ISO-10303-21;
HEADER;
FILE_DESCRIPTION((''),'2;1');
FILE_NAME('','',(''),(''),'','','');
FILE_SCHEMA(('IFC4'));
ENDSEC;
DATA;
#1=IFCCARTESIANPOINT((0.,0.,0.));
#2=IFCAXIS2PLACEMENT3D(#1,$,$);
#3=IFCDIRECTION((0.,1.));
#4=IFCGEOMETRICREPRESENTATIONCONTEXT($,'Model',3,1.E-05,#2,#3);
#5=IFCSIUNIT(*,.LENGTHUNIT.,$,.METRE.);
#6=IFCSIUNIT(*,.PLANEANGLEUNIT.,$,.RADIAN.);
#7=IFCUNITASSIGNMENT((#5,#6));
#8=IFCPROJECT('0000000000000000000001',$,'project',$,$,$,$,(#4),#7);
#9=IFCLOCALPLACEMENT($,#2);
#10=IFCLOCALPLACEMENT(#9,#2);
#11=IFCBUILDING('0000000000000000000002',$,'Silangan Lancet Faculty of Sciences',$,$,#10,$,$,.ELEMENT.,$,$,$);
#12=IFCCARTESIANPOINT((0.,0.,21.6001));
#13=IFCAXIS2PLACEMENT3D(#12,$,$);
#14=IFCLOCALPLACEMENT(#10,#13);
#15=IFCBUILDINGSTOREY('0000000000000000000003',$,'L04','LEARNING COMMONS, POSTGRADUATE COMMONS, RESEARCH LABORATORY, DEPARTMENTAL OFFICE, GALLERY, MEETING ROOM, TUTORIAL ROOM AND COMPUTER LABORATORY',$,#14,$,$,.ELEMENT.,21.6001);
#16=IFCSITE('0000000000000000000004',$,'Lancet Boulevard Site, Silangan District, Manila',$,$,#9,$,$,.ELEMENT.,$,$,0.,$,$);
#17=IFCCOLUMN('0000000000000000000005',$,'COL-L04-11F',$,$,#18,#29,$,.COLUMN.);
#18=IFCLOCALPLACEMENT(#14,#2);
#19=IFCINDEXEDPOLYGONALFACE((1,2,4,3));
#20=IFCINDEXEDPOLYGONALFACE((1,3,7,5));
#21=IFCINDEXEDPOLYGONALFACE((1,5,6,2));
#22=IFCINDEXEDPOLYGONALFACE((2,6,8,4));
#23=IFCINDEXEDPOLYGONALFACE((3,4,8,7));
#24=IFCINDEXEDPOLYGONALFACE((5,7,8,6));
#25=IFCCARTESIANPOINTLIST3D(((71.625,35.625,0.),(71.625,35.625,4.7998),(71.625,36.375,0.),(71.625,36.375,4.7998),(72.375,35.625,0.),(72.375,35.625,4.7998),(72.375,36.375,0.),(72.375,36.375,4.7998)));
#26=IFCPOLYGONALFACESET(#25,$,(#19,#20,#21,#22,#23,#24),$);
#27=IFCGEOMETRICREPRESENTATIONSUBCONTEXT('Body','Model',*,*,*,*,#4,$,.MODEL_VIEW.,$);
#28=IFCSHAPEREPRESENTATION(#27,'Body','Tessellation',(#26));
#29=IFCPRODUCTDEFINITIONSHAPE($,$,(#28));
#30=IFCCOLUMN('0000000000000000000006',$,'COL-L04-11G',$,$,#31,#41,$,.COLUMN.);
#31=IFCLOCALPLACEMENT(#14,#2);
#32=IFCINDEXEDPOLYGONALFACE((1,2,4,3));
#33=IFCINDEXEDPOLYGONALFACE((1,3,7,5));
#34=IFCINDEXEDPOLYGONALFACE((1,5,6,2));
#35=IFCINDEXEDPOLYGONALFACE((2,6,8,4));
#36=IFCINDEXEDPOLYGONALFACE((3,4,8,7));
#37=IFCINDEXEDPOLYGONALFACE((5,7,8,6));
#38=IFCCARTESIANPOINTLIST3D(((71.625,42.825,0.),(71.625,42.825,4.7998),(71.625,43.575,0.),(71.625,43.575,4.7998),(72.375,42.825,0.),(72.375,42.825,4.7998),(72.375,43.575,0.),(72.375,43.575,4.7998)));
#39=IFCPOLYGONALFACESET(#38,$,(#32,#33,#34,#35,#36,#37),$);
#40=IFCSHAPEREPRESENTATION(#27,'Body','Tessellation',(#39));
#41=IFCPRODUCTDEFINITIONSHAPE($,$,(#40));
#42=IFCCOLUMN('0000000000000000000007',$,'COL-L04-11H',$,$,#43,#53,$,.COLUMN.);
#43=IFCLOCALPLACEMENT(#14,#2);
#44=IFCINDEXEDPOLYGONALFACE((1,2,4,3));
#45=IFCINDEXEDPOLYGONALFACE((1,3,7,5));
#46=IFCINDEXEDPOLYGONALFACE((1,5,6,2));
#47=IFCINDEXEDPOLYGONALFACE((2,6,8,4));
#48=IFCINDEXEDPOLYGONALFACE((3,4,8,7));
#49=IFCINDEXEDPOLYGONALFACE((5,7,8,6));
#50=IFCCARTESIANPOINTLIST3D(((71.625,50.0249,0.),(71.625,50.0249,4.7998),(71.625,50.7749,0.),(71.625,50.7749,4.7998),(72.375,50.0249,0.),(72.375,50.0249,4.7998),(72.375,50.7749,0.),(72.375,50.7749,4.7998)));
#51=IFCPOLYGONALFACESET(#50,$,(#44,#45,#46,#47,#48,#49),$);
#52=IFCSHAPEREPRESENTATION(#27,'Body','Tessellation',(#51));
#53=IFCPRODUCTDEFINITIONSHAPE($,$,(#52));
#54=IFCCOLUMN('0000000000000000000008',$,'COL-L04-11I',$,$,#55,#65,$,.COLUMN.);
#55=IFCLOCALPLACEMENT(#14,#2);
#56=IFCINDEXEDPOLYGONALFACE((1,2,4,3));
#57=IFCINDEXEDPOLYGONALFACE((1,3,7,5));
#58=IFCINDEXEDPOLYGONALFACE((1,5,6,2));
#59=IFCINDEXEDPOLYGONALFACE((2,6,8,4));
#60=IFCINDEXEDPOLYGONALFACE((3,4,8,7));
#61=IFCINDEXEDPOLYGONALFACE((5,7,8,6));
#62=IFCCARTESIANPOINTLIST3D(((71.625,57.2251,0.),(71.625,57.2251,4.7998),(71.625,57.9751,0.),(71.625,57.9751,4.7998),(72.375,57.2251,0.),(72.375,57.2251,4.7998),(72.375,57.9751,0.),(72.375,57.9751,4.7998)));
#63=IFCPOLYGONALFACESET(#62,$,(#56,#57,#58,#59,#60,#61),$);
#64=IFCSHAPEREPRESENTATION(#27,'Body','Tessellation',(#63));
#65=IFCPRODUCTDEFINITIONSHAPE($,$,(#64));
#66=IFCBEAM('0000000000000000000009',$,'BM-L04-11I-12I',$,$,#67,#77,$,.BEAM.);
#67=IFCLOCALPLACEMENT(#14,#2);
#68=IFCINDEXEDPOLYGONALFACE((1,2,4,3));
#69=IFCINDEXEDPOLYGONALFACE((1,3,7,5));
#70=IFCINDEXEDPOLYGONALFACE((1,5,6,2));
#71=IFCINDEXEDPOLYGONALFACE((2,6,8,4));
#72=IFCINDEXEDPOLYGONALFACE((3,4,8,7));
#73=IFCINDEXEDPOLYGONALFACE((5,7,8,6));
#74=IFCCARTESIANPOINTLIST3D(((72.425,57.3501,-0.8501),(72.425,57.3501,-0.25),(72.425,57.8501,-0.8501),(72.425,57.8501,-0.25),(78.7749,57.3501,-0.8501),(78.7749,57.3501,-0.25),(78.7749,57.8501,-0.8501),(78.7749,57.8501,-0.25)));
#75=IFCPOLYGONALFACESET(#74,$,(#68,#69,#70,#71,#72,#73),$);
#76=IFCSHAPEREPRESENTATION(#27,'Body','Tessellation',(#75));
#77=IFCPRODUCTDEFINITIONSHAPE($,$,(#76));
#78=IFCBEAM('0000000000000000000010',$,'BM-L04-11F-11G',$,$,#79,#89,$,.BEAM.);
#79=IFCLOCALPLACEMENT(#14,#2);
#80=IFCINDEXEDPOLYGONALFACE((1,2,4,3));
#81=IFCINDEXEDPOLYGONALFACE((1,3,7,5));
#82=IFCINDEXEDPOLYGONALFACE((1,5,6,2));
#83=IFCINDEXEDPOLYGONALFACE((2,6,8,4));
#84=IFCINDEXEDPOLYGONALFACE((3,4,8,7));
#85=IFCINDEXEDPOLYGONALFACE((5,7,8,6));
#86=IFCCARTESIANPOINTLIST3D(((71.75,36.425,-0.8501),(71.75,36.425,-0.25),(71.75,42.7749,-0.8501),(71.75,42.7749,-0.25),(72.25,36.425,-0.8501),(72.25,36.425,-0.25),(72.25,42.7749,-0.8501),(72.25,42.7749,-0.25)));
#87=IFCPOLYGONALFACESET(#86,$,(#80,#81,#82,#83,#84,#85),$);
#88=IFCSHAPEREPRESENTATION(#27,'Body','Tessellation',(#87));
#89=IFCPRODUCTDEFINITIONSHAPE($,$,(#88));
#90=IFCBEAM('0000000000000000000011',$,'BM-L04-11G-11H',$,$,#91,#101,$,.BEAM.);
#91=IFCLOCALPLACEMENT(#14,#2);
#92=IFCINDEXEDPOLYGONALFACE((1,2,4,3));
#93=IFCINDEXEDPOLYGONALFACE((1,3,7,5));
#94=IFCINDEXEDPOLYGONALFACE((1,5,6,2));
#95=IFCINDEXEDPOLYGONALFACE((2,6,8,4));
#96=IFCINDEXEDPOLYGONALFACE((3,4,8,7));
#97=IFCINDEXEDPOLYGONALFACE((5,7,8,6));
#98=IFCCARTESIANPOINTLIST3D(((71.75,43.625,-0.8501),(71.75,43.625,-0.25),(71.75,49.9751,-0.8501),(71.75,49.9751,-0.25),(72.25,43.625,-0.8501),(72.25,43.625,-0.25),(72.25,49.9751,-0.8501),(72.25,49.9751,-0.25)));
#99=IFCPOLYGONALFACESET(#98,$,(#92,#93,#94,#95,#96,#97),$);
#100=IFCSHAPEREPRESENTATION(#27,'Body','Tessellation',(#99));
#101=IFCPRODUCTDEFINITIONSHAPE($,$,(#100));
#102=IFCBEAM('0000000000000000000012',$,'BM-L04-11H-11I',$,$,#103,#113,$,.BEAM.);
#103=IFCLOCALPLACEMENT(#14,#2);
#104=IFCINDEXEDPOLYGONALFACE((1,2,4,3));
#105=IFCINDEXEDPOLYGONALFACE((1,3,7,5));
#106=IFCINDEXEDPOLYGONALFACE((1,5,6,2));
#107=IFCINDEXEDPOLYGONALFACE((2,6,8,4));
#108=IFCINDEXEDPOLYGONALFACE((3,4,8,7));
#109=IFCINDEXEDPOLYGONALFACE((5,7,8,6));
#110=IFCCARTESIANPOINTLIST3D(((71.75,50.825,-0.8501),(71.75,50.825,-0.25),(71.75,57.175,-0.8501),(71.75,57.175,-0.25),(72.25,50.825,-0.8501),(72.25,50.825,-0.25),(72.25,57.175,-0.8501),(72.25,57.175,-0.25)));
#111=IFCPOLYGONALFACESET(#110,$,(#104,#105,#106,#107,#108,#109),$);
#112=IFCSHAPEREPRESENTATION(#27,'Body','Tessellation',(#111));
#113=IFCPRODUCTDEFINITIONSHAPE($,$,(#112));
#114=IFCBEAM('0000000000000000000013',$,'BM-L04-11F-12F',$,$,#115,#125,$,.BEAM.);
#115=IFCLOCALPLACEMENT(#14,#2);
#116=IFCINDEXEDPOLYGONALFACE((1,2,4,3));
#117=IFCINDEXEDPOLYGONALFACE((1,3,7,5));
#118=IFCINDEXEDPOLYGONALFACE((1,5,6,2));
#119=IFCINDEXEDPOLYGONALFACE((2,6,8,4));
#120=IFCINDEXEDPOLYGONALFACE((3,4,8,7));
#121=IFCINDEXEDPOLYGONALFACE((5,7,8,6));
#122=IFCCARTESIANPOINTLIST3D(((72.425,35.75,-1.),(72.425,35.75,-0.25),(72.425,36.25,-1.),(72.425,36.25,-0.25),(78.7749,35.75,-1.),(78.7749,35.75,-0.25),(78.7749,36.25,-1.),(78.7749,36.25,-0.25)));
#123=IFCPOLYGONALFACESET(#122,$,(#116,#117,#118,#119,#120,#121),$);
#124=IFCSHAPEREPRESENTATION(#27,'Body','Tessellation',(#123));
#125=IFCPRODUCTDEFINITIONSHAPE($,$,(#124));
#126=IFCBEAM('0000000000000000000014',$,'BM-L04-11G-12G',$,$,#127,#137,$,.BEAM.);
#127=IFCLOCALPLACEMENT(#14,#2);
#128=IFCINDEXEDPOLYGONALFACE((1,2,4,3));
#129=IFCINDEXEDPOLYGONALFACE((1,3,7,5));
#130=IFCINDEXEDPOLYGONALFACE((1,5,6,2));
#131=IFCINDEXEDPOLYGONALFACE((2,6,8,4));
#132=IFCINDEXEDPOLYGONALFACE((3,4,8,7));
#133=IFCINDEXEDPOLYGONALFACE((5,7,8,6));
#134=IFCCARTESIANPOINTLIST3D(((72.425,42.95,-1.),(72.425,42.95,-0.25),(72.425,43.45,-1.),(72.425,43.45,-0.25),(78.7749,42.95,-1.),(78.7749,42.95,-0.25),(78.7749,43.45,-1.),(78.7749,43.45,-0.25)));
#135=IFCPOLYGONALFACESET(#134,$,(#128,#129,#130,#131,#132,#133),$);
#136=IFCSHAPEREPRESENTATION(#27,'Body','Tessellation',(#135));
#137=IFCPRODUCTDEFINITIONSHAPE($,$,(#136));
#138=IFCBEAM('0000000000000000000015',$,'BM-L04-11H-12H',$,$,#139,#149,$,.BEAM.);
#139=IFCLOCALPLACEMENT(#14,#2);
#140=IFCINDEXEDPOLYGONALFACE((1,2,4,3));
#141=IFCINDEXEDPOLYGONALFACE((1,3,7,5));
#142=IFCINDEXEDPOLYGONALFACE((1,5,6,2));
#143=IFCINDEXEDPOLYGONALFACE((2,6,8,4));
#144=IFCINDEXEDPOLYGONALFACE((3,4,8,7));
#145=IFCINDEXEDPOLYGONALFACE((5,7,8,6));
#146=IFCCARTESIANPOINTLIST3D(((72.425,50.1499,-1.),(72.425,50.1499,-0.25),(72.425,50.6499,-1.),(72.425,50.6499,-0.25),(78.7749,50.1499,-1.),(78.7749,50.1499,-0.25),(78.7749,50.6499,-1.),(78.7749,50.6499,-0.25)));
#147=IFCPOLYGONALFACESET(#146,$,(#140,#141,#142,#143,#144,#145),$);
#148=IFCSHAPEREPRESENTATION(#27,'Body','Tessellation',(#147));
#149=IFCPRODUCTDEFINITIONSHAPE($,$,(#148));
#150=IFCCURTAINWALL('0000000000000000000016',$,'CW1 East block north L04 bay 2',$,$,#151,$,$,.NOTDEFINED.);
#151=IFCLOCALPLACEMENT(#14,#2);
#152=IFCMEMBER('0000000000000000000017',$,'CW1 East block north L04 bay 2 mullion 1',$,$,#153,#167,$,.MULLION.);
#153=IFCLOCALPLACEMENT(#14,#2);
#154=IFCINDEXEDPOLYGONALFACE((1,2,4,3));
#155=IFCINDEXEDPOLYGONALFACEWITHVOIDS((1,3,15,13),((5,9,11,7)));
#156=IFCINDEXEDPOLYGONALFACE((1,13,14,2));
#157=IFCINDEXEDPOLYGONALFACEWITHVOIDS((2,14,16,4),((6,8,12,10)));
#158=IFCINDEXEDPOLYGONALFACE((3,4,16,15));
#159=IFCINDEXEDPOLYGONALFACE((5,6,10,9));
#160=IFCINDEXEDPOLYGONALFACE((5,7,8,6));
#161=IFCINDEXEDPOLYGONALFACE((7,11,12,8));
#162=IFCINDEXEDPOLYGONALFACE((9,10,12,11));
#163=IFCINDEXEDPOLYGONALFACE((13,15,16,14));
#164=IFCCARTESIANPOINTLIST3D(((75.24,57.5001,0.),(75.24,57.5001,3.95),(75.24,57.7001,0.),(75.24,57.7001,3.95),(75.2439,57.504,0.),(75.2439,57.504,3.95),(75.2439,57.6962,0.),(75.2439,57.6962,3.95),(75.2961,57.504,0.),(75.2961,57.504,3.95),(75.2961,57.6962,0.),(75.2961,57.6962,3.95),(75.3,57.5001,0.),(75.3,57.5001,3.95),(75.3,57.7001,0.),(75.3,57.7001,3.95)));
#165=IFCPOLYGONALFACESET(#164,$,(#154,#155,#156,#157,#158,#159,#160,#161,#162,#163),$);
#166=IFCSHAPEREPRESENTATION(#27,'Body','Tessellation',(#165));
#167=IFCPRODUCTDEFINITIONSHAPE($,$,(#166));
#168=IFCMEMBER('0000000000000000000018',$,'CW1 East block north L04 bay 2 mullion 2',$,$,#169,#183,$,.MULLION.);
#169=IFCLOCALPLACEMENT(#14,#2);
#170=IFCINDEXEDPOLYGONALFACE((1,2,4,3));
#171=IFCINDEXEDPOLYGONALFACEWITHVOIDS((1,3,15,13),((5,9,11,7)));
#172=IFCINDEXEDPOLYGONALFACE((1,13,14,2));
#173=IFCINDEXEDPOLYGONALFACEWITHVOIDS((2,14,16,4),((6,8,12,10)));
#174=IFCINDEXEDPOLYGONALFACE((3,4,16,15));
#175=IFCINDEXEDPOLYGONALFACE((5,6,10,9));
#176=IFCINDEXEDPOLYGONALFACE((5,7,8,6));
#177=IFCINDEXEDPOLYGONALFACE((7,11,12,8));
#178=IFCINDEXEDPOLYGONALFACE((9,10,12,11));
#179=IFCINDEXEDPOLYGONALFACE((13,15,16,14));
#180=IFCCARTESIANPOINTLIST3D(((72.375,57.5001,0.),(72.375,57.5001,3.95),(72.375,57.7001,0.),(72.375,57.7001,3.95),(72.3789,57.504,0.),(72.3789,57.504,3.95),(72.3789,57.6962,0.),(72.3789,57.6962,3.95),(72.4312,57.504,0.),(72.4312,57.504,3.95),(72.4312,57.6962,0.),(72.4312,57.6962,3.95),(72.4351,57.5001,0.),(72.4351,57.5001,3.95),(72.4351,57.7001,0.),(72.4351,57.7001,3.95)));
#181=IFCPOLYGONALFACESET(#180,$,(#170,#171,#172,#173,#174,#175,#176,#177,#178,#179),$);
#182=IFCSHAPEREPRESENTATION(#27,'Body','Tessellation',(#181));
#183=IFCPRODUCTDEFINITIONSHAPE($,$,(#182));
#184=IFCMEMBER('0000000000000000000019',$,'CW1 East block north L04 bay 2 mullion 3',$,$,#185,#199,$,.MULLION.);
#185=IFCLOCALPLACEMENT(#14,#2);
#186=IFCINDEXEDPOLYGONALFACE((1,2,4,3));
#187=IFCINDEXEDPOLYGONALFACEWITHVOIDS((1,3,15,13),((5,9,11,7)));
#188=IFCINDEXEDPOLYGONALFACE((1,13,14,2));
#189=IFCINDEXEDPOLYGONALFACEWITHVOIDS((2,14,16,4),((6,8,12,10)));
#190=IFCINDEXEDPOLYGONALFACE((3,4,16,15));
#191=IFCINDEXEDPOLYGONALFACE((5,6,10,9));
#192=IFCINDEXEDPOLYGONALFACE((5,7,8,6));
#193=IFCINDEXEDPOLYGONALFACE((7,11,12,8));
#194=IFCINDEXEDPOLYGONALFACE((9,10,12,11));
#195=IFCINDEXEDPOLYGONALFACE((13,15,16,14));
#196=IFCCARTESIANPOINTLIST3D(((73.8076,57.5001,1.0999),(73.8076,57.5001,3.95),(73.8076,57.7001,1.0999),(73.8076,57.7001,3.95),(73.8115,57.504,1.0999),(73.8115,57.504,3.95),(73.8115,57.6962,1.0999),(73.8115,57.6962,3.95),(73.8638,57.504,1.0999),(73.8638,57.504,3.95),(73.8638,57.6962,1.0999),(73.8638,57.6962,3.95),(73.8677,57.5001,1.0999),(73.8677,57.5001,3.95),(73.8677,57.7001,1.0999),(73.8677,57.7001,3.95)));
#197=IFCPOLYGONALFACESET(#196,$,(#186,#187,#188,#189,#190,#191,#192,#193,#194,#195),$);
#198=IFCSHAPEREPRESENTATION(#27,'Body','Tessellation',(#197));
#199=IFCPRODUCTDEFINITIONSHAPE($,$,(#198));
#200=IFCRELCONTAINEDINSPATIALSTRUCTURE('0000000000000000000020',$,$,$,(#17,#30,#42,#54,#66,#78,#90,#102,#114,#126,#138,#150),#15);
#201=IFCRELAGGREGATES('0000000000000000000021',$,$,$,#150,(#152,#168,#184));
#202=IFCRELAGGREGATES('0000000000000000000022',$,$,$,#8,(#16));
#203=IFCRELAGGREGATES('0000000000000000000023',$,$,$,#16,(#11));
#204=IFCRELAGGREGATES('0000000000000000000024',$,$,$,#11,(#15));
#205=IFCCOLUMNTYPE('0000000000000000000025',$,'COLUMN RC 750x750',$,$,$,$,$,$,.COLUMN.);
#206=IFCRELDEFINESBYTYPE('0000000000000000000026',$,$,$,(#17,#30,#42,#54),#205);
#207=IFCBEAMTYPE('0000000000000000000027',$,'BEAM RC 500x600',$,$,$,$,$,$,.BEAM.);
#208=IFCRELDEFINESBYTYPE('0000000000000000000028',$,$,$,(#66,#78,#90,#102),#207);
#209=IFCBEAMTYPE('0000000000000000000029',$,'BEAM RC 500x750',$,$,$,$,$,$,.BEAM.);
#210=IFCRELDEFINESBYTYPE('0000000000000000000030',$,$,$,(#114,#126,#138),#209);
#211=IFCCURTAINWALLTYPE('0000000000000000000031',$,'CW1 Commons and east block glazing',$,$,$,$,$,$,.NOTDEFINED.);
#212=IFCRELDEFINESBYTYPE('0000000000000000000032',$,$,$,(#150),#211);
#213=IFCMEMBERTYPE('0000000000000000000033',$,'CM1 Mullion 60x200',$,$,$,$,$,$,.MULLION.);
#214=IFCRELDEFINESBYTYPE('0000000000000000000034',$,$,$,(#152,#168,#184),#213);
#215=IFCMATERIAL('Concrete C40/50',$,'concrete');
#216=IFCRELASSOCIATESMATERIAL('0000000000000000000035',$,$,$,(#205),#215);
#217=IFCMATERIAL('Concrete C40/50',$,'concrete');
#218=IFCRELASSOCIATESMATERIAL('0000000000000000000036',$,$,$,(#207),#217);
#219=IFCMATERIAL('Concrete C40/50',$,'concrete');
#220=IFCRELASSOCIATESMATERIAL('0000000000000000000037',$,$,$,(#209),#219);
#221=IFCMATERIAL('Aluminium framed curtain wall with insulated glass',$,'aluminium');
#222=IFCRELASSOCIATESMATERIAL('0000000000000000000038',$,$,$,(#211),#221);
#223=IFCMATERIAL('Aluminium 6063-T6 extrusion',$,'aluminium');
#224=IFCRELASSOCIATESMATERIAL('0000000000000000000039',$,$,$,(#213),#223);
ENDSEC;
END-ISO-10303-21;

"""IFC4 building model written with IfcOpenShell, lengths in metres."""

from ifc_helpers import new_model, si_unit, direction, frame, origin, origin_2d, place, context, subcontext, project, spatial, rectangle, hollow_rectangle, extrude, material, material_profile, profile_set, type_object, element, aggregate, save


model = new_model("IFC4")

# Units and contexts
model_context = context("Model", 3, precision=1e-05, world=origin(), true_north=direction((0.0, 1.0)))
body_context = subcontext(model_context, "Body", "Model", "MODEL_VIEW")
ifc_project = project(units=[si_unit("LENGTHUNIT", "METRE"), si_unit("PLANEANGLEUNIT", "RADIAN")], contexts=[model_context])

# Site, building, storey
site_placement = place(None, origin())
site = spatial("IfcSite", under=ifc_project, at=site_placement, Name="Lancet Boulevard Site, Silangan District, Manila", CompositionType="ELEMENT", RefElevation=0.0)
building_placement = place(site_placement, origin())
building = spatial("IfcBuilding", under=site, at=building_placement, Name="Silangan Lancet Faculty of Sciences", CompositionType="ELEMENT")
storey_placement = place(building_placement, frame((0.0, 0.0, 21.6001)))
storey = spatial("IfcBuildingStorey", under=building, at=storey_placement, Name="L04", Description="LEARNING COMMONS, POSTGRADUATE COMMONS, RESEARCH LABORATORY, DEPARTMENTAL OFFICE, GALLERY, MEETING ROOM, TUTORIAL ROOM AND COMPUTER LABORATORY", CompositionType="ELEMENT", Elevation=21.6001)

# Columns
ifc_material_1 = material(Name="Concrete C40/50", Category="concrete")
ifc_material_profile_1 = material_profile(ifc_material_1, rectangle(XDim=0.75, YDim=0.75, at=origin_2d()), Name="RC 750x750")
ifc_profile_set_1 = profile_set([ifc_material_profile_1], Name="Concrete C40/50")
column_type = type_object("IfcColumnType", Name="COLUMN RC 750x750", PredefinedType="COLUMN", material=ifc_profile_set_1)
for number, where, z_axis, x_axis, name in (
    (1, (72.0, 36.0, 0.0), (0.0, 0.0, 1.0), (1.0, 0.0, 0.0), "COL-L04-11F"),
    (2, (72.0, 43.2, 0.0), (0.0, 0.0, 1.0), (1.0, 0.0, 0.0), "COL-L04-11G"),
    (3, (72.0, 50.3999, 0.0), (0.0, 0.0, 1.0), (1.0, 0.0, 0.0), "COL-L04-11H"),
    (4, (72.0, 57.6001, 0.0), (0.0, 0.0, 1.0), (1.0, 0.0, 0.0), "COL-L04-11I"),
):
    element("IfcColumn", number, at=place(storey_placement, frame(where, z_axis=z_axis, x_axis=x_axis)), inside=storey, type_object=column_type, Name=name, PredefinedType="COLUMN", context=body_context, shape_type="SweptSolid", body=[
        extrude(rectangle(XDim=0.75, YDim=0.75, at=origin_2d()), origin(), (0.0, 0.0, 1.0), 4.7998),
    ])

# Beams
ifc_material_2 = material(Name="Concrete C40/50", Category="concrete")
ifc_material_profile_2 = material_profile(ifc_material_2, rectangle(XDim=0.5, YDim=0.6001, at=origin_2d()), Name="RC 500x600")
ifc_profile_set_2 = profile_set([ifc_material_profile_2], Name="Concrete C40/50")
beam_type_1 = type_object("IfcBeamType", Name="BEAM RC 500x600", PredefinedType="BEAM", material=ifc_profile_set_2)
for number, where, z_axis, x_axis, name in (
    (5, (72.425, 57.6001, -0.55), (1.0, 0.0, 0.0), (0.0, 1.0, 0.0), "BM-L04-11I-12I"),
    (6, (72.0, 36.425, -0.55), (0.0, 1.0, 0.0), (-1.0, 0.0, 0.0), "BM-L04-11F-11G"),
):
    element("IfcBeam", number, at=place(storey_placement, frame(where, z_axis=z_axis, x_axis=x_axis)), inside=storey, type_object=beam_type_1, Name=name, PredefinedType="BEAM", context=body_context, shape_type="SweptSolid", body=[
        extrude(rectangle(XDim=0.5, YDim=0.6001, at=origin_2d()), origin(), (0.0, 0.0, 1.0), 6.3499),
    ])
for number, where, z_axis, x_axis, name in (
    (7, (72.0, 43.625, -0.55), (0.0, 1.0, 0.0), (-1.0, 0.0, 0.0), "BM-L04-11G-11H"),
    (8, (72.0, 50.825, -0.55), (0.0, 1.0, 0.0), (-1.0, 0.0, 0.0), "BM-L04-11H-11I"),
):
    element("IfcBeam", number, at=place(storey_placement, frame(where, z_axis=z_axis, x_axis=x_axis)), inside=storey, type_object=beam_type_1, Name=name, PredefinedType="BEAM", context=body_context, shape_type="SweptSolid", body=[
        extrude(rectangle(XDim=0.5, YDim=0.6001, at=origin_2d()), origin(), (0.0, 0.0, 1.0), 6.3501),
    ])
ifc_material_3 = material(Name="Concrete C40/50", Category="concrete")
ifc_material_profile_3 = material_profile(ifc_material_3, rectangle(XDim=0.5, YDim=0.75, at=origin_2d()), Name="RC 500x750")
ifc_profile_set_3 = profile_set([ifc_material_profile_3], Name="Concrete C40/50")
beam_type_2 = type_object("IfcBeamType", Name="BEAM RC 500x750", PredefinedType="BEAM", material=ifc_profile_set_3)
for number, where, z_axis, x_axis, name in (
    (9, (72.425, 36.0, -0.625), (1.0, 0.0, 0.0), (0.0, 1.0, 0.0), "BM-L04-11F-12F"),
    (10, (72.425, 43.2, -0.625), (1.0, 0.0, 0.0), (0.0, 1.0, 0.0), "BM-L04-11G-12G"),
    (11, (72.425, 50.3999, -0.625), (1.0, 0.0, 0.0), (0.0, 1.0, 0.0), "BM-L04-11H-12H"),
):
    element("IfcBeam", number, at=place(storey_placement, frame(where, z_axis=z_axis, x_axis=x_axis)), inside=storey, type_object=beam_type_2, Name=name, PredefinedType="BEAM", context=body_context, shape_type="SweptSolid", body=[
        extrude(rectangle(XDim=0.5, YDim=0.75, at=origin_2d()), origin(), (0.0, 0.0, 1.0), 6.3499),
    ])

# Curtain wall, members
ifc_material_4 = material(Name="Aluminium framed curtain wall with insulated glass", Category="aluminium")
curtain_wall_type = type_object("IfcCurtainWallType", Name="CW1 Commons and east block glazing", PredefinedType="NOTDEFINED", material=ifc_material_4)
curtain_wall_placement = place(storey_placement, origin())
curtain_wall = element("IfcCurtainWall", 12, at=curtain_wall_placement, inside=storey, type_object=curtain_wall_type, Name="CW1 East block north L04 bay 2", PredefinedType="NOTDEFINED")
ifc_material_5 = material(Name="Aluminium 6063-T6 extrusion", Category="aluminium")
ifc_material_profile_4 = material_profile(ifc_material_5, hollow_rectangle(XDim=0.0601, YDim=0.2, WallThickness=0.0039, at=origin_2d()), Name="AL BOX 60x200x4")
ifc_profile_set_4 = profile_set([ifc_material_profile_4], Name="Aluminium 6063-T6 extrusion")
member_type_1 = type_object("IfcMemberType", Name="CM1 Mullion 60x200", PredefinedType="MULLION", material=ifc_profile_set_4)
member_1_placement = place(storey_placement, frame((75.27, 57.6001, 0.0), z_axis=(0.0, 0.0, 1.0), x_axis=(-1.0, 0.0, 0.0)))
member_1 = element("IfcMember", 13, at=member_1_placement, type_object=member_type_1, Name="CW1 East block north L04 bay 2 mullion 1", PredefinedType="MULLION", context=body_context, shape_type="SweptSolid", body=[
    extrude(hollow_rectangle(XDim=0.0601, YDim=0.2, WallThickness=0.0039, at=origin_2d()), origin(), (0.0, 0.0, 1.0), 3.95),
])
member_2_placement = place(storey_placement, frame((72.405, 57.6001, 0.0), z_axis=(0.0, 0.0, 1.0), x_axis=(-1.0, 0.0, 0.0)))
member_2 = element("IfcMember", 14, at=member_2_placement, type_object=member_type_1, Name="CW1 East block north L04 bay 2 mullion 2", PredefinedType="MULLION", context=body_context, shape_type="SweptSolid", body=[
    extrude(hollow_rectangle(XDim=0.0601, YDim=0.2, WallThickness=0.0039, at=origin_2d()), origin(), (0.0, 0.0, 1.0), 3.95),
])
member_3_placement = place(storey_placement, frame((73.8376, 57.6001, 1.0999), z_axis=(0.0, 0.0, 1.0), x_axis=(-1.0, 0.0, 0.0)))
member_3 = element("IfcMember", 15, at=member_3_placement, type_object=member_type_1, Name="CW1 East block north L04 bay 2 mullion 3", PredefinedType="MULLION", context=body_context, shape_type="SweptSolid", body=[
    extrude(hollow_rectangle(XDim=0.0601, YDim=0.2, WallThickness=0.0039, at=origin_2d()), origin(), (0.0, 0.0, 1.0), 2.8501),
])
aggregate(curtain_wall, [member_1, member_2, member_3])

save(model, "model.ifc")
